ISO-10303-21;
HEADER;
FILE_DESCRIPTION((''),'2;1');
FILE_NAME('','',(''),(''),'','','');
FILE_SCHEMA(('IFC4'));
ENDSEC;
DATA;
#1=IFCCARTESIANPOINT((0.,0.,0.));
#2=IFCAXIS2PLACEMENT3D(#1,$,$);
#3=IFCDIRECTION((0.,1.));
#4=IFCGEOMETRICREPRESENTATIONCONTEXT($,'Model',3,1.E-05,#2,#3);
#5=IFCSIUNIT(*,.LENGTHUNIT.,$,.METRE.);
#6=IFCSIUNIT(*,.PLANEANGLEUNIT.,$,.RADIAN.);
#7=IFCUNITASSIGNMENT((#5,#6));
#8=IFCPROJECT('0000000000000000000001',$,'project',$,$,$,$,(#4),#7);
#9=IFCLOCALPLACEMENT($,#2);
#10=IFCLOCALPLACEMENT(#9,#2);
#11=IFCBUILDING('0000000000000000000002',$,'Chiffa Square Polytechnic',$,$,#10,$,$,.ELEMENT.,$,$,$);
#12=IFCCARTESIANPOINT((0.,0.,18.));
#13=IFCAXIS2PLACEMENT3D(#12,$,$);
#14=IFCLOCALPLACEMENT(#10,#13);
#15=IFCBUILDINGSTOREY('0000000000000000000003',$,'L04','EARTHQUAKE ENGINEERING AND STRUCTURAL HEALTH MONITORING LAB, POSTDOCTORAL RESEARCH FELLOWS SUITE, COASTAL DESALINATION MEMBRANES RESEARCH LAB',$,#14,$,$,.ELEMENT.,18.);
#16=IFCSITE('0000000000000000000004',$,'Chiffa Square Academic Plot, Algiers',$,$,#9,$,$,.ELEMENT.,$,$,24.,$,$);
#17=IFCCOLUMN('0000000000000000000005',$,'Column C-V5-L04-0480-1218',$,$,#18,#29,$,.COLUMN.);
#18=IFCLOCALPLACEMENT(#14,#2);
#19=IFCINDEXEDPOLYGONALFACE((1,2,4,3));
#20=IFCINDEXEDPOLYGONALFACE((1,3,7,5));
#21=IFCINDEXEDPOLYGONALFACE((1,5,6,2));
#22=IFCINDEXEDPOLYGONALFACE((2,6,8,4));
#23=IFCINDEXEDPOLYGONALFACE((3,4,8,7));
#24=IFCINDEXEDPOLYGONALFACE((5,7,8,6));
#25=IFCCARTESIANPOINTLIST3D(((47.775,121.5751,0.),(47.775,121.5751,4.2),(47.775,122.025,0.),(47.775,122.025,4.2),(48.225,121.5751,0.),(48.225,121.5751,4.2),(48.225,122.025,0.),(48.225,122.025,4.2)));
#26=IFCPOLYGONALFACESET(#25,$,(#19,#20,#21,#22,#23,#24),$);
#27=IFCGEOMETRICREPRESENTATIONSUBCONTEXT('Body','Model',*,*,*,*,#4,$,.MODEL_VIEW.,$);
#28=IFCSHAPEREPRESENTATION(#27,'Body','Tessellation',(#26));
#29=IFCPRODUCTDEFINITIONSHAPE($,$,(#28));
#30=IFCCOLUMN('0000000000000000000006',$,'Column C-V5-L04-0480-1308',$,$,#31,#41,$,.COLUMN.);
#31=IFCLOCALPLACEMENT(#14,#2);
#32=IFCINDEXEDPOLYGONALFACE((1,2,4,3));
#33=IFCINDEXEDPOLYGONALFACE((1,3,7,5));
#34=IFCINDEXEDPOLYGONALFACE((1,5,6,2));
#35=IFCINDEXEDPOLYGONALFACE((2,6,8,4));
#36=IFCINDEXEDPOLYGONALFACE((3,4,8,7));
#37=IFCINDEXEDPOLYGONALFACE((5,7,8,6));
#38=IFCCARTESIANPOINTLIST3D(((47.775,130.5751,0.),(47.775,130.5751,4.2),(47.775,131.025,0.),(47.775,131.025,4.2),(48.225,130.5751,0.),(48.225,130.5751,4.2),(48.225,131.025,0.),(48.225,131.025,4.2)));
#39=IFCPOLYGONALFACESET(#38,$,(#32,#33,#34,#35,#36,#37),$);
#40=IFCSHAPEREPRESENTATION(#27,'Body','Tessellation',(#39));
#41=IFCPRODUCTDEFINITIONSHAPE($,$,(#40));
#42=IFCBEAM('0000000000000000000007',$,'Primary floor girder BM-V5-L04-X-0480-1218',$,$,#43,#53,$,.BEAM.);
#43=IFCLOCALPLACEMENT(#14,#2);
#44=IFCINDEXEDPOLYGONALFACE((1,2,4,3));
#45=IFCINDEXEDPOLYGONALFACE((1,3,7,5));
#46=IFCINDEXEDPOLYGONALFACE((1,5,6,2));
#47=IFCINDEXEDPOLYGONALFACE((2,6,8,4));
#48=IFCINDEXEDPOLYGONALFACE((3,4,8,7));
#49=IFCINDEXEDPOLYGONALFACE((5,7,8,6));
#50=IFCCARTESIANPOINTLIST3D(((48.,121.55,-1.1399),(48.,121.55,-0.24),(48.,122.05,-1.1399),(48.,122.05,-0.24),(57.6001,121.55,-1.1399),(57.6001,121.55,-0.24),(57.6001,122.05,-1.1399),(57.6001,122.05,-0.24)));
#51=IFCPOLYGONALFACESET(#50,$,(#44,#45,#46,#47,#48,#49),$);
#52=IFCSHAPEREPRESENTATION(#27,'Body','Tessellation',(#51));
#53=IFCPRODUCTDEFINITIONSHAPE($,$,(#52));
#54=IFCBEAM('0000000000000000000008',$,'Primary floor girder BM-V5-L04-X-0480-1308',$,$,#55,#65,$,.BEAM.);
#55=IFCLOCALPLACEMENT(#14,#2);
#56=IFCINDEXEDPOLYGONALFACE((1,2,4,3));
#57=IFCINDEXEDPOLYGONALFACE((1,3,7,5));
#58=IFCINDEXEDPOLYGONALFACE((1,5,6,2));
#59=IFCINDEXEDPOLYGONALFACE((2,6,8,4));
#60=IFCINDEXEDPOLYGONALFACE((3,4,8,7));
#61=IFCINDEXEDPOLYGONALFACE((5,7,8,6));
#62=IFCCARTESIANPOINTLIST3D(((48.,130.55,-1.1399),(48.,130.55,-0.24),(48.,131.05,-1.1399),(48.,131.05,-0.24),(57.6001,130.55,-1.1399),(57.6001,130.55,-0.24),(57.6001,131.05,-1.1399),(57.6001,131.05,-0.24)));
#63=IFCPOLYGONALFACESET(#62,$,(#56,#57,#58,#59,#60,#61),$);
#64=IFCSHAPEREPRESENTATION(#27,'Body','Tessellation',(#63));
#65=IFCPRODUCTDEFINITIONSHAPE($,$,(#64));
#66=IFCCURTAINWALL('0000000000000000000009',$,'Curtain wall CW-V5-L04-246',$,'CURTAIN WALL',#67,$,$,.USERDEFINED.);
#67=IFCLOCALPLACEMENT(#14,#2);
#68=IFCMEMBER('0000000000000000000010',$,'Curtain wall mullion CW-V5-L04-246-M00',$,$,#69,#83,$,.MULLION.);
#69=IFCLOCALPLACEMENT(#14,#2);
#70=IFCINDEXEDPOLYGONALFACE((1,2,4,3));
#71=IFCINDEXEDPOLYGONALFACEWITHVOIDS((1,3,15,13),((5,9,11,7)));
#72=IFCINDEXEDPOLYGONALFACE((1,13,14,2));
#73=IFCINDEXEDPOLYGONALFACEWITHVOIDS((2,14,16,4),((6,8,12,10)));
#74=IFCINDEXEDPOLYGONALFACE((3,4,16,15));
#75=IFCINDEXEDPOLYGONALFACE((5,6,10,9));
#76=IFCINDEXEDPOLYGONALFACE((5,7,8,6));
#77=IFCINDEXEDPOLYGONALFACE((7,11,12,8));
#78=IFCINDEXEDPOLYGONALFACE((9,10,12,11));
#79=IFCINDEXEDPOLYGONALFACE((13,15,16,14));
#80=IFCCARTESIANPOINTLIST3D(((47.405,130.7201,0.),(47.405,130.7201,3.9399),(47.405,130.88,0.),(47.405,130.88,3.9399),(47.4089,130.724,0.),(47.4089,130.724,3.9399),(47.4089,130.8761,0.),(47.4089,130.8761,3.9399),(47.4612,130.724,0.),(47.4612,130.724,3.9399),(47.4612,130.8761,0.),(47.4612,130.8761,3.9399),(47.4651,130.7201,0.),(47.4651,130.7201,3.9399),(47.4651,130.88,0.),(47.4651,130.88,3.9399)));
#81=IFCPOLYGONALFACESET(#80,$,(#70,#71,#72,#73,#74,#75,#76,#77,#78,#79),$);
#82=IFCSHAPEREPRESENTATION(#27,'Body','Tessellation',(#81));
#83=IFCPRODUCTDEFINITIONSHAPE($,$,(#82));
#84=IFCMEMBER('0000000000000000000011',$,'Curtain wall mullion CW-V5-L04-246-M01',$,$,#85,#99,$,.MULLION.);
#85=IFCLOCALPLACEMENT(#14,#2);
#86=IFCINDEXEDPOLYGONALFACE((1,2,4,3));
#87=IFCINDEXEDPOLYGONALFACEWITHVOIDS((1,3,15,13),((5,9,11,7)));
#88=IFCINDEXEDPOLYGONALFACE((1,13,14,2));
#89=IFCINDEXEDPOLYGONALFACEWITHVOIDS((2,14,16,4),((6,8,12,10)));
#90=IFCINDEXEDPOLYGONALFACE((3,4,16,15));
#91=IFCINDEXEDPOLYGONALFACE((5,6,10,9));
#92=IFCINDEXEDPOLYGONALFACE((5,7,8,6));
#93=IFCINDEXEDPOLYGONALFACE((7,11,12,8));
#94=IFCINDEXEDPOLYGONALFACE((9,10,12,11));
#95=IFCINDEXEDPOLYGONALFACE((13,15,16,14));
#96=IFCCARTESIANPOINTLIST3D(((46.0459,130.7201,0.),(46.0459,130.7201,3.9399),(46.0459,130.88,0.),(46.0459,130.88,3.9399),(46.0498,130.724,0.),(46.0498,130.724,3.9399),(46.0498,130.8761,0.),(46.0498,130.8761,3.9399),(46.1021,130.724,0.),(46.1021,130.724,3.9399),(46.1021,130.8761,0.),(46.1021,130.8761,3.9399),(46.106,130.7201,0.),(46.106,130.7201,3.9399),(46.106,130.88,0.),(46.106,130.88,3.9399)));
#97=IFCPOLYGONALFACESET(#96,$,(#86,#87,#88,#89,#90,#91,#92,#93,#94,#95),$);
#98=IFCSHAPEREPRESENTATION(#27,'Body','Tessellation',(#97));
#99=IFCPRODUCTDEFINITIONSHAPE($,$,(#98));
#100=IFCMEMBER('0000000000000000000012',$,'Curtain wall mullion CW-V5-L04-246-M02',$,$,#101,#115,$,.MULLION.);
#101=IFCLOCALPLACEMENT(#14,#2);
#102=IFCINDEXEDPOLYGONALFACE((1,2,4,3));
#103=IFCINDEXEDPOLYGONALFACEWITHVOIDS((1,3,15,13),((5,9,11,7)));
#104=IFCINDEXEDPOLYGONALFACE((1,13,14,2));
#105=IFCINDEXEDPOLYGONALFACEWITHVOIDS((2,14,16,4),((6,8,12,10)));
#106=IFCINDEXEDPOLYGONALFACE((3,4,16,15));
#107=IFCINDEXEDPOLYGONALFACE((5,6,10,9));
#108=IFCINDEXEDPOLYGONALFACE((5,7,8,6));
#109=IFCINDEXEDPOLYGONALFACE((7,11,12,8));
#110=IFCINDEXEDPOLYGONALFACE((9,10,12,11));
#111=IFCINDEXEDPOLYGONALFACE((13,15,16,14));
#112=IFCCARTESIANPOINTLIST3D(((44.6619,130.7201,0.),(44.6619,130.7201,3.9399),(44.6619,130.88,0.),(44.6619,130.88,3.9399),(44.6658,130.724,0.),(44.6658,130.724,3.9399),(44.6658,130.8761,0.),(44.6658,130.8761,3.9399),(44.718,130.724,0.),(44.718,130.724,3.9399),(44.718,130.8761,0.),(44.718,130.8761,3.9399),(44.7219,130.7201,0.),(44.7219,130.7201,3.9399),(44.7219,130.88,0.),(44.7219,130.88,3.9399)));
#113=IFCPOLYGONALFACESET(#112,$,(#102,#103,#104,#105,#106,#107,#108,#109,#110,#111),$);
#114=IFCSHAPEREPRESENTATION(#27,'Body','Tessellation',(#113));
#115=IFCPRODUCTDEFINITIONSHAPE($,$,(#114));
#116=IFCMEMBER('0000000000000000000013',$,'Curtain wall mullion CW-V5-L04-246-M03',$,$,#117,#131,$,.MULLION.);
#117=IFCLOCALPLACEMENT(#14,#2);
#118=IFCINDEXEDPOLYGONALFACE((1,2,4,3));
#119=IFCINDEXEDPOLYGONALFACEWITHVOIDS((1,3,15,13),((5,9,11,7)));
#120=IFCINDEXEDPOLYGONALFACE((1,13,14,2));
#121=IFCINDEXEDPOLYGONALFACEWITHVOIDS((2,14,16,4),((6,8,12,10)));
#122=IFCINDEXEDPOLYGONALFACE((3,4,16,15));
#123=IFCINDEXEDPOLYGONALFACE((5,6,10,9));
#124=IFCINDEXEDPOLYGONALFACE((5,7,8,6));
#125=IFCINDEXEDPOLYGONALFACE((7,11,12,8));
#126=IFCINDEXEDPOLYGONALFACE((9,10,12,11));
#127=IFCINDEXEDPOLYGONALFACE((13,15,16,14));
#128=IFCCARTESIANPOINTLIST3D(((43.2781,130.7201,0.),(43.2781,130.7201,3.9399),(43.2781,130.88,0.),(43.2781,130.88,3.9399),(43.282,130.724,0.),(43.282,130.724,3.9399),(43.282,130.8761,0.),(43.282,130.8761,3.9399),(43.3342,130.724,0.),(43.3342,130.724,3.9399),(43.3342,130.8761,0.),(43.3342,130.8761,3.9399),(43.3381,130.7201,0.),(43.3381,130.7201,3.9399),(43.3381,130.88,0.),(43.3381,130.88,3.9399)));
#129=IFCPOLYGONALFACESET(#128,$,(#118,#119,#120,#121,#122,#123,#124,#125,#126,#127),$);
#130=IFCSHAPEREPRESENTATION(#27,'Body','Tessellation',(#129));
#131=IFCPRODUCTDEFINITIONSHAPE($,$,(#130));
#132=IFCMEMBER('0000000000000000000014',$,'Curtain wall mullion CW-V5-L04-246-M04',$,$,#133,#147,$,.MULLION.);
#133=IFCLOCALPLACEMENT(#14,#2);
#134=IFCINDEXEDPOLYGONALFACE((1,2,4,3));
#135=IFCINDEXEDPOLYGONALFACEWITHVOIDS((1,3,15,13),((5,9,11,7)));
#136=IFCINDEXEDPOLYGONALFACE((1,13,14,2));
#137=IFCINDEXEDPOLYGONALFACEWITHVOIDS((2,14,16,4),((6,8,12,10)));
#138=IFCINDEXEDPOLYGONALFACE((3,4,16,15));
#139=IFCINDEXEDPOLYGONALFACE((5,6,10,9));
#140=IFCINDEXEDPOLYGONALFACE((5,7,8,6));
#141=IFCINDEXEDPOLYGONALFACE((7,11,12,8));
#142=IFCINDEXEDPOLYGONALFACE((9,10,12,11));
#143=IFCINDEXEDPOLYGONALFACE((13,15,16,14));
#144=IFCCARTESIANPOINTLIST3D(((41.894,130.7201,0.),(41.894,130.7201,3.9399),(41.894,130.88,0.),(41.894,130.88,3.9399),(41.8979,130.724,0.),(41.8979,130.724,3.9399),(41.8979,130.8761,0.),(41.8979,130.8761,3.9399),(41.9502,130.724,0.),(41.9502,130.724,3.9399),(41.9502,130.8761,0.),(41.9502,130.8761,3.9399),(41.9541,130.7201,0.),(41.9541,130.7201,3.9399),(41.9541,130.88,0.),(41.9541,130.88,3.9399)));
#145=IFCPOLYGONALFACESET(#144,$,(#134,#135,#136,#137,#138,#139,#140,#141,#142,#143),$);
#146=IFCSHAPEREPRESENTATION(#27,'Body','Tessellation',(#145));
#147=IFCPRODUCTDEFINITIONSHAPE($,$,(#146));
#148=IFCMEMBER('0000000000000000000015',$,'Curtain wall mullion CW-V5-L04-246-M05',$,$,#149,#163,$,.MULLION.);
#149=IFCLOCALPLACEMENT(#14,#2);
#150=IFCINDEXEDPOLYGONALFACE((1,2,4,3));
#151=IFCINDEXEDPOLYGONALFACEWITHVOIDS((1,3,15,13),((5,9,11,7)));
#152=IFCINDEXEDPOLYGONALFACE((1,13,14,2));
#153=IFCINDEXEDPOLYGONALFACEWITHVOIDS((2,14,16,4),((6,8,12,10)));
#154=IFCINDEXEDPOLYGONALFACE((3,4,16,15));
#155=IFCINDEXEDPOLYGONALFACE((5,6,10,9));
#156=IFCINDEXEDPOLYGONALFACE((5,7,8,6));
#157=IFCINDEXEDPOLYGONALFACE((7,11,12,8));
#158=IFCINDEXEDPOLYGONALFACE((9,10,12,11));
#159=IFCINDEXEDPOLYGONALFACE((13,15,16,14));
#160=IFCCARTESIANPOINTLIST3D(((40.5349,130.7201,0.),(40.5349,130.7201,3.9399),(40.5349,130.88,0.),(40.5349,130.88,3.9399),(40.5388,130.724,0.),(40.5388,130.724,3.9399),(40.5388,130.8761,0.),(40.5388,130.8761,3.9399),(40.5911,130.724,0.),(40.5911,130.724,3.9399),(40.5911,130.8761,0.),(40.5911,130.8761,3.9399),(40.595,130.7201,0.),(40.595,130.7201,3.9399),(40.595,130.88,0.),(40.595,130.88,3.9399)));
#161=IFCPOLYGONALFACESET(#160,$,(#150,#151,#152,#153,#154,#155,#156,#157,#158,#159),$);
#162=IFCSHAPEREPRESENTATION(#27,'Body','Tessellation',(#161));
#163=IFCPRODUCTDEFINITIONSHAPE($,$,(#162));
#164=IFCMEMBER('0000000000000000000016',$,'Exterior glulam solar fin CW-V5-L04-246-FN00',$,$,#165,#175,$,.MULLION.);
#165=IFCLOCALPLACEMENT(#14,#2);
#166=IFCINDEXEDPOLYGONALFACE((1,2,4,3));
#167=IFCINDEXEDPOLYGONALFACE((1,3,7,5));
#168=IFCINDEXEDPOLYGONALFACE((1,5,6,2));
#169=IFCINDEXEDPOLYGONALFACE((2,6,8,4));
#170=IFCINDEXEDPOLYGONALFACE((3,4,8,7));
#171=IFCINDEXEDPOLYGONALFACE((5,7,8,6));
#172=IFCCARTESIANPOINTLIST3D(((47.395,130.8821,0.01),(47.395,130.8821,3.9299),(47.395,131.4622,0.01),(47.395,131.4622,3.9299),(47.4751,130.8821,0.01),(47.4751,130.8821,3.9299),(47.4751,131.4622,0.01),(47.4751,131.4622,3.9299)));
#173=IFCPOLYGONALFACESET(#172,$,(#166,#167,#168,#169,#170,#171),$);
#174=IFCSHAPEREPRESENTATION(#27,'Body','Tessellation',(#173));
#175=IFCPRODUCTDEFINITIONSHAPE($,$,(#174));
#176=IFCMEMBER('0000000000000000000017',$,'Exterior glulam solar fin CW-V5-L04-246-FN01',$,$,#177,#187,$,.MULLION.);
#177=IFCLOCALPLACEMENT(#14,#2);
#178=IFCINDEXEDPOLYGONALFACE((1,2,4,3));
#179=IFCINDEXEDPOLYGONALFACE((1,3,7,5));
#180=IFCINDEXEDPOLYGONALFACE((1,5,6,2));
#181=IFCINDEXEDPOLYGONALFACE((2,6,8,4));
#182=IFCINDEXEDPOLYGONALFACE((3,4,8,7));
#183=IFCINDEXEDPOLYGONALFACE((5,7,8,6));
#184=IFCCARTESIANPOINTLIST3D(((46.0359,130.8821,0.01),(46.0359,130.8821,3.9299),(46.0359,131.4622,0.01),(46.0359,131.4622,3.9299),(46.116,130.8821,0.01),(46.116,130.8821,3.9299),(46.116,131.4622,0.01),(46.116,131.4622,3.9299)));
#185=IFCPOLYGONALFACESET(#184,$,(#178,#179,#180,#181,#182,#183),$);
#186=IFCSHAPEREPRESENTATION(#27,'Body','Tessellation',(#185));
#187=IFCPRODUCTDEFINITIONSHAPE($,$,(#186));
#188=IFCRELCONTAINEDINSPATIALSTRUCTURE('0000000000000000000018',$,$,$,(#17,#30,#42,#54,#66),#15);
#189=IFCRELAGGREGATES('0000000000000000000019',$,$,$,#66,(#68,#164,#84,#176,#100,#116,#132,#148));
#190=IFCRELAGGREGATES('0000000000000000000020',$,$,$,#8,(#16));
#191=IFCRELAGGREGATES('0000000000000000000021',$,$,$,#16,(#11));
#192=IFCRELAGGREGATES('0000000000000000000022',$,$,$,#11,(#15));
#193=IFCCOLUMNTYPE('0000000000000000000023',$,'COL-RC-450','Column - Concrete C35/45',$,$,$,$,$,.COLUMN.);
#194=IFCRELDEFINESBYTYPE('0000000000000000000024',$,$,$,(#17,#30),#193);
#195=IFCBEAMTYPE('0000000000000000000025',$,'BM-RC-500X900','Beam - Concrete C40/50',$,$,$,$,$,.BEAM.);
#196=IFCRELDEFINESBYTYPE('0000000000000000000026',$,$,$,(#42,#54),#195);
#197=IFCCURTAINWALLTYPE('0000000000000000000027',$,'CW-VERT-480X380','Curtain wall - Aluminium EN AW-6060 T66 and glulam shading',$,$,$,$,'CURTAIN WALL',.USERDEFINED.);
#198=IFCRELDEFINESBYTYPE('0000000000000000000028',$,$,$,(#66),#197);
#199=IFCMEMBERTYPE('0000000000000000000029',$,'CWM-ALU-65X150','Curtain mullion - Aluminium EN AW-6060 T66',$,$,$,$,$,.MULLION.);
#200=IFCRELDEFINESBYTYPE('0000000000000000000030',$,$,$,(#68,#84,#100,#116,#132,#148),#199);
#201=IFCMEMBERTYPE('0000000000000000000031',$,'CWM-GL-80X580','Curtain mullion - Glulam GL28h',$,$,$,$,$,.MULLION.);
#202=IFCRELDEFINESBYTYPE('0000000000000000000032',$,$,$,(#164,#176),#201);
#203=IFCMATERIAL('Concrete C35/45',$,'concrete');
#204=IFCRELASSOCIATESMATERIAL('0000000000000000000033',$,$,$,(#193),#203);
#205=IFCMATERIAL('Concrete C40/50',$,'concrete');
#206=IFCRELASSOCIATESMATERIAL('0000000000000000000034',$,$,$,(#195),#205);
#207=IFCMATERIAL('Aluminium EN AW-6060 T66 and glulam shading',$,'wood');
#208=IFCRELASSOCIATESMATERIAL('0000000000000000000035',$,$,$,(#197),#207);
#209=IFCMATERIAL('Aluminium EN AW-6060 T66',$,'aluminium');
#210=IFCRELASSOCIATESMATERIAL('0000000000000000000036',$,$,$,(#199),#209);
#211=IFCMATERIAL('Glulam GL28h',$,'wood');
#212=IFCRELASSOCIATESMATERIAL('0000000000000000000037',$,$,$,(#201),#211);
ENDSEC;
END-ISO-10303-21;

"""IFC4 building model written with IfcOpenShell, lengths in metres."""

from ifc_helpers import new_model, si_unit, direction, frame, origin, origin_2d, place, context, subcontext, project, spatial, rectangle, hollow_rectangle, extrude, material, material_profile, profile_set, type_object, element, aggregate, save


model = new_model("IFC4")

# Units and contexts
model_context = context("Model", 3, precision=1e-05, world=origin(), true_north=direction((0.0, 1.0)))
body_context = subcontext(model_context, "Body", "Model", "MODEL_VIEW")
ifc_project = project(units=[si_unit("LENGTHUNIT", "METRE"), si_unit("PLANEANGLEUNIT", "RADIAN")], contexts=[model_context])

# Site, building, storey
site_placement = place(None, origin())
site = spatial("IfcSite", under=ifc_project, at=site_placement, Name="Chiffa Square Academic Plot, Algiers", CompositionType="ELEMENT", RefElevation=24.0)
building_placement = place(site_placement, origin())
building = spatial("IfcBuilding", under=site, at=building_placement, Name="Chiffa Square Polytechnic", CompositionType="ELEMENT")
storey_placement = place(building_placement, frame((0.0, 0.0, 18.0)))
storey = spatial("IfcBuildingStorey", under=building, at=storey_placement, Name="L04", Description="EARTHQUAKE ENGINEERING AND STRUCTURAL HEALTH MONITORING LAB, POSTDOCTORAL RESEARCH FELLOWS SUITE, COASTAL DESALINATION MEMBRANES RESEARCH LAB", CompositionType="ELEMENT", Elevation=18.0)

# Columns
ifc_material_1 = material(Name="Concrete C35/45", Category="concrete")
ifc_material_profile_1 = material_profile(ifc_material_1, rectangle(XDim=0.45, YDim=0.45, at=origin_2d()), Name="RC 450x450")
ifc_profile_set_1 = profile_set([ifc_material_profile_1], Name="Concrete C35/45")
column_type = type_object("IfcColumnType", Name="COL-RC-450", Description="Column - Concrete C35/45", PredefinedType="COLUMN", material=ifc_profile_set_1)
for number, where, z_axis, x_axis, name in (
    (1, (48.0, 121.8, 0.0), (0.0, 0.0, 1.0), (1.0, 0.0, 0.0), "Column C-V5-L04-0480-1218"),
    (2, (48.0, 130.8, 0.0), (0.0, 0.0, 1.0), (1.0, 0.0, 0.0), "Column C-V5-L04-0480-1308"),
):
    element("IfcColumn", number, at=place(storey_placement, frame(where, z_axis=z_axis, x_axis=x_axis)), inside=storey, type_object=column_type, Name=name, PredefinedType="COLUMN", context=body_context, shape_type="SweptSolid", body=[
        extrude(rectangle(XDim=0.45, YDim=0.45, at=origin_2d()), origin(), (0.0, 0.0, 1.0), 4.2),
    ])

# Beams
ifc_material_2 = material(Name="Concrete C40/50", Category="concrete")
ifc_material_profile_2 = material_profile(ifc_material_2, rectangle(XDim=0.5, YDim=0.8999, at=origin_2d()), Name="RC 500x900")
ifc_profile_set_2 = profile_set([ifc_material_profile_2], Name="Concrete C40/50")
beam_type_1 = type_object("IfcBeamType", Name="BM-RC-500X900", Description="Beam - Concrete C40/50", PredefinedType="BEAM", material=ifc_profile_set_2)
for number, where, z_axis, x_axis, name in (
    (3, (48.0, 121.8, -0.6899), (1.0, 0.0, 0.0), (0.0, 1.0, 0.0), "Primary floor girder BM-V5-L04-X-0480-1218"),
    (4, (48.0, 130.8, -0.6899), (1.0, 0.0, 0.0), (0.0, 1.0, 0.0), "Primary floor girder BM-V5-L04-X-0480-1308"),
):
    element("IfcBeam", number, at=place(storey_placement, frame(where, z_axis=z_axis, x_axis=x_axis)), inside=storey, type_object=beam_type_1, Name=name, PredefinedType="BEAM", context=body_context, shape_type="SweptSolid", body=[
        extrude(rectangle(XDim=0.5, YDim=0.8999, at=origin_2d()), origin(), (0.0, 0.0, 1.0), 9.6001),
    ])

# Curtain wall, members
ifc_material_3 = material(Name="Aluminium EN AW-6060 T66 and glulam shading", Category="wood")
curtain_wall_type = type_object("IfcCurtainWallType", Name="CW-VERT-480X380", Description="Curtain wall - Aluminium EN AW-6060 T66 and glulam shading", ElementType="CURTAIN WALL", PredefinedType="USERDEFINED", material=ifc_material_3)
curtain_wall_placement = place(storey_placement, origin())
curtain_wall = element("IfcCurtainWall", 5, at=curtain_wall_placement, inside=storey, type_object=curtain_wall_type, Name="Curtain wall CW-V5-L04-246", ObjectType="CURTAIN WALL", PredefinedType="USERDEFINED")
ifc_material_4 = material(Name="Aluminium EN AW-6060 T66", Category="aluminium")
ifc_material_profile_3 = material_profile(ifc_material_4, hollow_rectangle(XDim=0.0601, YDim=0.1599, WallThickness=0.0039, at=origin_2d()), Name="ALU 60x160x4")
ifc_profile_set_3 = profile_set([ifc_material_profile_3], Name="Aluminium EN AW-6060 T66")
member_type_1 = type_object("IfcMemberType", Name="CWM-ALU-65X150", Description="Curtain mullion - Aluminium EN AW-6060 T66", PredefinedType="MULLION", material=ifc_profile_set_3)
member_1_placement = place(storey_placement, frame((47.4351, 130.8, 0.0), z_axis=(0.0, 0.0, 1.0), x_axis=(1.0, 0.0, 0.0)))
member_1 = element("IfcMember", 6, at=member_1_placement, type_object=member_type_1, Name="Curtain wall mullion CW-V5-L04-246-M00", PredefinedType="MULLION", context=body_context, shape_type="SweptSolid", body=[
    extrude(hollow_rectangle(XDim=0.0601, YDim=0.1599, WallThickness=0.0039, at=origin_2d()), origin(), (0.0, 0.0, 1.0), 3.9399),
])
member_2_placement = place(storey_placement, frame((46.0759, 130.8, 0.0), z_axis=(0.0, 0.0, 1.0), x_axis=(1.0, 0.0, 0.0)))
member_2 = element("IfcMember", 7, at=member_2_placement, type_object=member_type_1, Name="Curtain wall mullion CW-V5-L04-246-M01", PredefinedType="MULLION", context=body_context, shape_type="SweptSolid", body=[
    extrude(hollow_rectangle(XDim=0.0601, YDim=0.1599, WallThickness=0.0039, at=origin_2d()), origin(), (0.0, 0.0, 1.0), 3.9399),
])
member_3_placement = place(storey_placement, frame((44.6919, 130.8, 0.0), z_axis=(0.0, 0.0, 1.0), x_axis=(1.0, 0.0, 0.0)))
member_3 = element("IfcMember", 8, at=member_3_placement, type_object=member_type_1, Name="Curtain wall mullion CW-V5-L04-246-M02", PredefinedType="MULLION", context=body_context, shape_type="SweptSolid", body=[
    extrude(hollow_rectangle(XDim=0.0601, YDim=0.1599, WallThickness=0.0039, at=origin_2d()), origin(), (0.0, 0.0, 1.0), 3.9399),
])
member_4_placement = place(storey_placement, frame((43.3081, 130.8, 0.0), z_axis=(0.0, 0.0, 1.0), x_axis=(1.0, 0.0, 0.0)))
member_4 = element("IfcMember", 9, at=member_4_placement, type_object=member_type_1, Name="Curtain wall mullion CW-V5-L04-246-M03", PredefinedType="MULLION", context=body_context, shape_type="SweptSolid", body=[
    extrude(hollow_rectangle(XDim=0.0601, YDim=0.1599, WallThickness=0.0039, at=origin_2d()), origin(), (0.0, 0.0, 1.0), 3.9399),
])
member_5_placement = place(storey_placement, frame((41.9241, 130.8, 0.0), z_axis=(0.0, 0.0, 1.0), x_axis=(1.0, 0.0, 0.0)))
member_5 = element("IfcMember", 10, at=member_5_placement, type_object=member_type_1, Name="Curtain wall mullion CW-V5-L04-246-M04", PredefinedType="MULLION", context=body_context, shape_type="SweptSolid", body=[
    extrude(hollow_rectangle(XDim=0.0601, YDim=0.1599, WallThickness=0.0039, at=origin_2d()), origin(), (0.0, 0.0, 1.0), 3.9399),
])
member_6_placement = place(storey_placement, frame((40.5649, 130.8, 0.0), z_axis=(0.0, 0.0, 1.0), x_axis=(1.0, 0.0, 0.0)))
member_6 = element("IfcMember", 11, at=member_6_placement, type_object=member_type_1, Name="Curtain wall mullion CW-V5-L04-246-M05", PredefinedType="MULLION", context=body_context, shape_type="SweptSolid", body=[
    extrude(hollow_rectangle(XDim=0.0601, YDim=0.1599, WallThickness=0.0039, at=origin_2d()), origin(), (0.0, 0.0, 1.0), 3.9399),
])
ifc_material_5 = material(Name="Glulam GL28h", Category="wood")
ifc_material_profile_4 = material_profile(ifc_material_5, rectangle(XDim=0.0801, YDim=0.5801, at=origin_2d()), Name="GL28h 80x580")
ifc_profile_set_4 = profile_set([ifc_material_profile_4], Name="Glulam GL28h")
member_type_2 = type_object("IfcMemberType", Name="CWM-GL-80X580", Description="Curtain mullion - Glulam GL28h", PredefinedType="MULLION", material=ifc_profile_set_4)
member_7_placement = place(storey_placement, frame((47.4351, 131.1721, 0.01), z_axis=(0.0, 0.0, 1.0), x_axis=(-1.0, 0.0, 0.0)))
member_7 = element("IfcMember", 12, at=member_7_placement, type_object=member_type_2, Name="Exterior glulam solar fin CW-V5-L04-246-FN00", PredefinedType="MULLION", context=body_context, shape_type="SweptSolid", body=[
    extrude(rectangle(XDim=0.0801, YDim=0.5801, at=origin_2d()), origin(), (0.0, 0.0, 1.0), 3.9199),
])
member_8_placement = place(storey_placement, frame((46.0759, 131.1721, 0.01), z_axis=(0.0, 0.0, 1.0), x_axis=(-1.0, 0.0, 0.0)))
member_8 = element("IfcMember", 13, at=member_8_placement, type_object=member_type_2, Name="Exterior glulam solar fin CW-V5-L04-246-FN01", PredefinedType="MULLION", context=body_context, shape_type="SweptSolid", body=[
    extrude(rectangle(XDim=0.0801, YDim=0.5801, at=origin_2d()), origin(), (0.0, 0.0, 1.0), 3.9199),
])

aggregate(curtain_wall, [member_1, member_7, member_2, member_8, member_3, member_4, member_5, member_6])

save(model, "model.ifc")
